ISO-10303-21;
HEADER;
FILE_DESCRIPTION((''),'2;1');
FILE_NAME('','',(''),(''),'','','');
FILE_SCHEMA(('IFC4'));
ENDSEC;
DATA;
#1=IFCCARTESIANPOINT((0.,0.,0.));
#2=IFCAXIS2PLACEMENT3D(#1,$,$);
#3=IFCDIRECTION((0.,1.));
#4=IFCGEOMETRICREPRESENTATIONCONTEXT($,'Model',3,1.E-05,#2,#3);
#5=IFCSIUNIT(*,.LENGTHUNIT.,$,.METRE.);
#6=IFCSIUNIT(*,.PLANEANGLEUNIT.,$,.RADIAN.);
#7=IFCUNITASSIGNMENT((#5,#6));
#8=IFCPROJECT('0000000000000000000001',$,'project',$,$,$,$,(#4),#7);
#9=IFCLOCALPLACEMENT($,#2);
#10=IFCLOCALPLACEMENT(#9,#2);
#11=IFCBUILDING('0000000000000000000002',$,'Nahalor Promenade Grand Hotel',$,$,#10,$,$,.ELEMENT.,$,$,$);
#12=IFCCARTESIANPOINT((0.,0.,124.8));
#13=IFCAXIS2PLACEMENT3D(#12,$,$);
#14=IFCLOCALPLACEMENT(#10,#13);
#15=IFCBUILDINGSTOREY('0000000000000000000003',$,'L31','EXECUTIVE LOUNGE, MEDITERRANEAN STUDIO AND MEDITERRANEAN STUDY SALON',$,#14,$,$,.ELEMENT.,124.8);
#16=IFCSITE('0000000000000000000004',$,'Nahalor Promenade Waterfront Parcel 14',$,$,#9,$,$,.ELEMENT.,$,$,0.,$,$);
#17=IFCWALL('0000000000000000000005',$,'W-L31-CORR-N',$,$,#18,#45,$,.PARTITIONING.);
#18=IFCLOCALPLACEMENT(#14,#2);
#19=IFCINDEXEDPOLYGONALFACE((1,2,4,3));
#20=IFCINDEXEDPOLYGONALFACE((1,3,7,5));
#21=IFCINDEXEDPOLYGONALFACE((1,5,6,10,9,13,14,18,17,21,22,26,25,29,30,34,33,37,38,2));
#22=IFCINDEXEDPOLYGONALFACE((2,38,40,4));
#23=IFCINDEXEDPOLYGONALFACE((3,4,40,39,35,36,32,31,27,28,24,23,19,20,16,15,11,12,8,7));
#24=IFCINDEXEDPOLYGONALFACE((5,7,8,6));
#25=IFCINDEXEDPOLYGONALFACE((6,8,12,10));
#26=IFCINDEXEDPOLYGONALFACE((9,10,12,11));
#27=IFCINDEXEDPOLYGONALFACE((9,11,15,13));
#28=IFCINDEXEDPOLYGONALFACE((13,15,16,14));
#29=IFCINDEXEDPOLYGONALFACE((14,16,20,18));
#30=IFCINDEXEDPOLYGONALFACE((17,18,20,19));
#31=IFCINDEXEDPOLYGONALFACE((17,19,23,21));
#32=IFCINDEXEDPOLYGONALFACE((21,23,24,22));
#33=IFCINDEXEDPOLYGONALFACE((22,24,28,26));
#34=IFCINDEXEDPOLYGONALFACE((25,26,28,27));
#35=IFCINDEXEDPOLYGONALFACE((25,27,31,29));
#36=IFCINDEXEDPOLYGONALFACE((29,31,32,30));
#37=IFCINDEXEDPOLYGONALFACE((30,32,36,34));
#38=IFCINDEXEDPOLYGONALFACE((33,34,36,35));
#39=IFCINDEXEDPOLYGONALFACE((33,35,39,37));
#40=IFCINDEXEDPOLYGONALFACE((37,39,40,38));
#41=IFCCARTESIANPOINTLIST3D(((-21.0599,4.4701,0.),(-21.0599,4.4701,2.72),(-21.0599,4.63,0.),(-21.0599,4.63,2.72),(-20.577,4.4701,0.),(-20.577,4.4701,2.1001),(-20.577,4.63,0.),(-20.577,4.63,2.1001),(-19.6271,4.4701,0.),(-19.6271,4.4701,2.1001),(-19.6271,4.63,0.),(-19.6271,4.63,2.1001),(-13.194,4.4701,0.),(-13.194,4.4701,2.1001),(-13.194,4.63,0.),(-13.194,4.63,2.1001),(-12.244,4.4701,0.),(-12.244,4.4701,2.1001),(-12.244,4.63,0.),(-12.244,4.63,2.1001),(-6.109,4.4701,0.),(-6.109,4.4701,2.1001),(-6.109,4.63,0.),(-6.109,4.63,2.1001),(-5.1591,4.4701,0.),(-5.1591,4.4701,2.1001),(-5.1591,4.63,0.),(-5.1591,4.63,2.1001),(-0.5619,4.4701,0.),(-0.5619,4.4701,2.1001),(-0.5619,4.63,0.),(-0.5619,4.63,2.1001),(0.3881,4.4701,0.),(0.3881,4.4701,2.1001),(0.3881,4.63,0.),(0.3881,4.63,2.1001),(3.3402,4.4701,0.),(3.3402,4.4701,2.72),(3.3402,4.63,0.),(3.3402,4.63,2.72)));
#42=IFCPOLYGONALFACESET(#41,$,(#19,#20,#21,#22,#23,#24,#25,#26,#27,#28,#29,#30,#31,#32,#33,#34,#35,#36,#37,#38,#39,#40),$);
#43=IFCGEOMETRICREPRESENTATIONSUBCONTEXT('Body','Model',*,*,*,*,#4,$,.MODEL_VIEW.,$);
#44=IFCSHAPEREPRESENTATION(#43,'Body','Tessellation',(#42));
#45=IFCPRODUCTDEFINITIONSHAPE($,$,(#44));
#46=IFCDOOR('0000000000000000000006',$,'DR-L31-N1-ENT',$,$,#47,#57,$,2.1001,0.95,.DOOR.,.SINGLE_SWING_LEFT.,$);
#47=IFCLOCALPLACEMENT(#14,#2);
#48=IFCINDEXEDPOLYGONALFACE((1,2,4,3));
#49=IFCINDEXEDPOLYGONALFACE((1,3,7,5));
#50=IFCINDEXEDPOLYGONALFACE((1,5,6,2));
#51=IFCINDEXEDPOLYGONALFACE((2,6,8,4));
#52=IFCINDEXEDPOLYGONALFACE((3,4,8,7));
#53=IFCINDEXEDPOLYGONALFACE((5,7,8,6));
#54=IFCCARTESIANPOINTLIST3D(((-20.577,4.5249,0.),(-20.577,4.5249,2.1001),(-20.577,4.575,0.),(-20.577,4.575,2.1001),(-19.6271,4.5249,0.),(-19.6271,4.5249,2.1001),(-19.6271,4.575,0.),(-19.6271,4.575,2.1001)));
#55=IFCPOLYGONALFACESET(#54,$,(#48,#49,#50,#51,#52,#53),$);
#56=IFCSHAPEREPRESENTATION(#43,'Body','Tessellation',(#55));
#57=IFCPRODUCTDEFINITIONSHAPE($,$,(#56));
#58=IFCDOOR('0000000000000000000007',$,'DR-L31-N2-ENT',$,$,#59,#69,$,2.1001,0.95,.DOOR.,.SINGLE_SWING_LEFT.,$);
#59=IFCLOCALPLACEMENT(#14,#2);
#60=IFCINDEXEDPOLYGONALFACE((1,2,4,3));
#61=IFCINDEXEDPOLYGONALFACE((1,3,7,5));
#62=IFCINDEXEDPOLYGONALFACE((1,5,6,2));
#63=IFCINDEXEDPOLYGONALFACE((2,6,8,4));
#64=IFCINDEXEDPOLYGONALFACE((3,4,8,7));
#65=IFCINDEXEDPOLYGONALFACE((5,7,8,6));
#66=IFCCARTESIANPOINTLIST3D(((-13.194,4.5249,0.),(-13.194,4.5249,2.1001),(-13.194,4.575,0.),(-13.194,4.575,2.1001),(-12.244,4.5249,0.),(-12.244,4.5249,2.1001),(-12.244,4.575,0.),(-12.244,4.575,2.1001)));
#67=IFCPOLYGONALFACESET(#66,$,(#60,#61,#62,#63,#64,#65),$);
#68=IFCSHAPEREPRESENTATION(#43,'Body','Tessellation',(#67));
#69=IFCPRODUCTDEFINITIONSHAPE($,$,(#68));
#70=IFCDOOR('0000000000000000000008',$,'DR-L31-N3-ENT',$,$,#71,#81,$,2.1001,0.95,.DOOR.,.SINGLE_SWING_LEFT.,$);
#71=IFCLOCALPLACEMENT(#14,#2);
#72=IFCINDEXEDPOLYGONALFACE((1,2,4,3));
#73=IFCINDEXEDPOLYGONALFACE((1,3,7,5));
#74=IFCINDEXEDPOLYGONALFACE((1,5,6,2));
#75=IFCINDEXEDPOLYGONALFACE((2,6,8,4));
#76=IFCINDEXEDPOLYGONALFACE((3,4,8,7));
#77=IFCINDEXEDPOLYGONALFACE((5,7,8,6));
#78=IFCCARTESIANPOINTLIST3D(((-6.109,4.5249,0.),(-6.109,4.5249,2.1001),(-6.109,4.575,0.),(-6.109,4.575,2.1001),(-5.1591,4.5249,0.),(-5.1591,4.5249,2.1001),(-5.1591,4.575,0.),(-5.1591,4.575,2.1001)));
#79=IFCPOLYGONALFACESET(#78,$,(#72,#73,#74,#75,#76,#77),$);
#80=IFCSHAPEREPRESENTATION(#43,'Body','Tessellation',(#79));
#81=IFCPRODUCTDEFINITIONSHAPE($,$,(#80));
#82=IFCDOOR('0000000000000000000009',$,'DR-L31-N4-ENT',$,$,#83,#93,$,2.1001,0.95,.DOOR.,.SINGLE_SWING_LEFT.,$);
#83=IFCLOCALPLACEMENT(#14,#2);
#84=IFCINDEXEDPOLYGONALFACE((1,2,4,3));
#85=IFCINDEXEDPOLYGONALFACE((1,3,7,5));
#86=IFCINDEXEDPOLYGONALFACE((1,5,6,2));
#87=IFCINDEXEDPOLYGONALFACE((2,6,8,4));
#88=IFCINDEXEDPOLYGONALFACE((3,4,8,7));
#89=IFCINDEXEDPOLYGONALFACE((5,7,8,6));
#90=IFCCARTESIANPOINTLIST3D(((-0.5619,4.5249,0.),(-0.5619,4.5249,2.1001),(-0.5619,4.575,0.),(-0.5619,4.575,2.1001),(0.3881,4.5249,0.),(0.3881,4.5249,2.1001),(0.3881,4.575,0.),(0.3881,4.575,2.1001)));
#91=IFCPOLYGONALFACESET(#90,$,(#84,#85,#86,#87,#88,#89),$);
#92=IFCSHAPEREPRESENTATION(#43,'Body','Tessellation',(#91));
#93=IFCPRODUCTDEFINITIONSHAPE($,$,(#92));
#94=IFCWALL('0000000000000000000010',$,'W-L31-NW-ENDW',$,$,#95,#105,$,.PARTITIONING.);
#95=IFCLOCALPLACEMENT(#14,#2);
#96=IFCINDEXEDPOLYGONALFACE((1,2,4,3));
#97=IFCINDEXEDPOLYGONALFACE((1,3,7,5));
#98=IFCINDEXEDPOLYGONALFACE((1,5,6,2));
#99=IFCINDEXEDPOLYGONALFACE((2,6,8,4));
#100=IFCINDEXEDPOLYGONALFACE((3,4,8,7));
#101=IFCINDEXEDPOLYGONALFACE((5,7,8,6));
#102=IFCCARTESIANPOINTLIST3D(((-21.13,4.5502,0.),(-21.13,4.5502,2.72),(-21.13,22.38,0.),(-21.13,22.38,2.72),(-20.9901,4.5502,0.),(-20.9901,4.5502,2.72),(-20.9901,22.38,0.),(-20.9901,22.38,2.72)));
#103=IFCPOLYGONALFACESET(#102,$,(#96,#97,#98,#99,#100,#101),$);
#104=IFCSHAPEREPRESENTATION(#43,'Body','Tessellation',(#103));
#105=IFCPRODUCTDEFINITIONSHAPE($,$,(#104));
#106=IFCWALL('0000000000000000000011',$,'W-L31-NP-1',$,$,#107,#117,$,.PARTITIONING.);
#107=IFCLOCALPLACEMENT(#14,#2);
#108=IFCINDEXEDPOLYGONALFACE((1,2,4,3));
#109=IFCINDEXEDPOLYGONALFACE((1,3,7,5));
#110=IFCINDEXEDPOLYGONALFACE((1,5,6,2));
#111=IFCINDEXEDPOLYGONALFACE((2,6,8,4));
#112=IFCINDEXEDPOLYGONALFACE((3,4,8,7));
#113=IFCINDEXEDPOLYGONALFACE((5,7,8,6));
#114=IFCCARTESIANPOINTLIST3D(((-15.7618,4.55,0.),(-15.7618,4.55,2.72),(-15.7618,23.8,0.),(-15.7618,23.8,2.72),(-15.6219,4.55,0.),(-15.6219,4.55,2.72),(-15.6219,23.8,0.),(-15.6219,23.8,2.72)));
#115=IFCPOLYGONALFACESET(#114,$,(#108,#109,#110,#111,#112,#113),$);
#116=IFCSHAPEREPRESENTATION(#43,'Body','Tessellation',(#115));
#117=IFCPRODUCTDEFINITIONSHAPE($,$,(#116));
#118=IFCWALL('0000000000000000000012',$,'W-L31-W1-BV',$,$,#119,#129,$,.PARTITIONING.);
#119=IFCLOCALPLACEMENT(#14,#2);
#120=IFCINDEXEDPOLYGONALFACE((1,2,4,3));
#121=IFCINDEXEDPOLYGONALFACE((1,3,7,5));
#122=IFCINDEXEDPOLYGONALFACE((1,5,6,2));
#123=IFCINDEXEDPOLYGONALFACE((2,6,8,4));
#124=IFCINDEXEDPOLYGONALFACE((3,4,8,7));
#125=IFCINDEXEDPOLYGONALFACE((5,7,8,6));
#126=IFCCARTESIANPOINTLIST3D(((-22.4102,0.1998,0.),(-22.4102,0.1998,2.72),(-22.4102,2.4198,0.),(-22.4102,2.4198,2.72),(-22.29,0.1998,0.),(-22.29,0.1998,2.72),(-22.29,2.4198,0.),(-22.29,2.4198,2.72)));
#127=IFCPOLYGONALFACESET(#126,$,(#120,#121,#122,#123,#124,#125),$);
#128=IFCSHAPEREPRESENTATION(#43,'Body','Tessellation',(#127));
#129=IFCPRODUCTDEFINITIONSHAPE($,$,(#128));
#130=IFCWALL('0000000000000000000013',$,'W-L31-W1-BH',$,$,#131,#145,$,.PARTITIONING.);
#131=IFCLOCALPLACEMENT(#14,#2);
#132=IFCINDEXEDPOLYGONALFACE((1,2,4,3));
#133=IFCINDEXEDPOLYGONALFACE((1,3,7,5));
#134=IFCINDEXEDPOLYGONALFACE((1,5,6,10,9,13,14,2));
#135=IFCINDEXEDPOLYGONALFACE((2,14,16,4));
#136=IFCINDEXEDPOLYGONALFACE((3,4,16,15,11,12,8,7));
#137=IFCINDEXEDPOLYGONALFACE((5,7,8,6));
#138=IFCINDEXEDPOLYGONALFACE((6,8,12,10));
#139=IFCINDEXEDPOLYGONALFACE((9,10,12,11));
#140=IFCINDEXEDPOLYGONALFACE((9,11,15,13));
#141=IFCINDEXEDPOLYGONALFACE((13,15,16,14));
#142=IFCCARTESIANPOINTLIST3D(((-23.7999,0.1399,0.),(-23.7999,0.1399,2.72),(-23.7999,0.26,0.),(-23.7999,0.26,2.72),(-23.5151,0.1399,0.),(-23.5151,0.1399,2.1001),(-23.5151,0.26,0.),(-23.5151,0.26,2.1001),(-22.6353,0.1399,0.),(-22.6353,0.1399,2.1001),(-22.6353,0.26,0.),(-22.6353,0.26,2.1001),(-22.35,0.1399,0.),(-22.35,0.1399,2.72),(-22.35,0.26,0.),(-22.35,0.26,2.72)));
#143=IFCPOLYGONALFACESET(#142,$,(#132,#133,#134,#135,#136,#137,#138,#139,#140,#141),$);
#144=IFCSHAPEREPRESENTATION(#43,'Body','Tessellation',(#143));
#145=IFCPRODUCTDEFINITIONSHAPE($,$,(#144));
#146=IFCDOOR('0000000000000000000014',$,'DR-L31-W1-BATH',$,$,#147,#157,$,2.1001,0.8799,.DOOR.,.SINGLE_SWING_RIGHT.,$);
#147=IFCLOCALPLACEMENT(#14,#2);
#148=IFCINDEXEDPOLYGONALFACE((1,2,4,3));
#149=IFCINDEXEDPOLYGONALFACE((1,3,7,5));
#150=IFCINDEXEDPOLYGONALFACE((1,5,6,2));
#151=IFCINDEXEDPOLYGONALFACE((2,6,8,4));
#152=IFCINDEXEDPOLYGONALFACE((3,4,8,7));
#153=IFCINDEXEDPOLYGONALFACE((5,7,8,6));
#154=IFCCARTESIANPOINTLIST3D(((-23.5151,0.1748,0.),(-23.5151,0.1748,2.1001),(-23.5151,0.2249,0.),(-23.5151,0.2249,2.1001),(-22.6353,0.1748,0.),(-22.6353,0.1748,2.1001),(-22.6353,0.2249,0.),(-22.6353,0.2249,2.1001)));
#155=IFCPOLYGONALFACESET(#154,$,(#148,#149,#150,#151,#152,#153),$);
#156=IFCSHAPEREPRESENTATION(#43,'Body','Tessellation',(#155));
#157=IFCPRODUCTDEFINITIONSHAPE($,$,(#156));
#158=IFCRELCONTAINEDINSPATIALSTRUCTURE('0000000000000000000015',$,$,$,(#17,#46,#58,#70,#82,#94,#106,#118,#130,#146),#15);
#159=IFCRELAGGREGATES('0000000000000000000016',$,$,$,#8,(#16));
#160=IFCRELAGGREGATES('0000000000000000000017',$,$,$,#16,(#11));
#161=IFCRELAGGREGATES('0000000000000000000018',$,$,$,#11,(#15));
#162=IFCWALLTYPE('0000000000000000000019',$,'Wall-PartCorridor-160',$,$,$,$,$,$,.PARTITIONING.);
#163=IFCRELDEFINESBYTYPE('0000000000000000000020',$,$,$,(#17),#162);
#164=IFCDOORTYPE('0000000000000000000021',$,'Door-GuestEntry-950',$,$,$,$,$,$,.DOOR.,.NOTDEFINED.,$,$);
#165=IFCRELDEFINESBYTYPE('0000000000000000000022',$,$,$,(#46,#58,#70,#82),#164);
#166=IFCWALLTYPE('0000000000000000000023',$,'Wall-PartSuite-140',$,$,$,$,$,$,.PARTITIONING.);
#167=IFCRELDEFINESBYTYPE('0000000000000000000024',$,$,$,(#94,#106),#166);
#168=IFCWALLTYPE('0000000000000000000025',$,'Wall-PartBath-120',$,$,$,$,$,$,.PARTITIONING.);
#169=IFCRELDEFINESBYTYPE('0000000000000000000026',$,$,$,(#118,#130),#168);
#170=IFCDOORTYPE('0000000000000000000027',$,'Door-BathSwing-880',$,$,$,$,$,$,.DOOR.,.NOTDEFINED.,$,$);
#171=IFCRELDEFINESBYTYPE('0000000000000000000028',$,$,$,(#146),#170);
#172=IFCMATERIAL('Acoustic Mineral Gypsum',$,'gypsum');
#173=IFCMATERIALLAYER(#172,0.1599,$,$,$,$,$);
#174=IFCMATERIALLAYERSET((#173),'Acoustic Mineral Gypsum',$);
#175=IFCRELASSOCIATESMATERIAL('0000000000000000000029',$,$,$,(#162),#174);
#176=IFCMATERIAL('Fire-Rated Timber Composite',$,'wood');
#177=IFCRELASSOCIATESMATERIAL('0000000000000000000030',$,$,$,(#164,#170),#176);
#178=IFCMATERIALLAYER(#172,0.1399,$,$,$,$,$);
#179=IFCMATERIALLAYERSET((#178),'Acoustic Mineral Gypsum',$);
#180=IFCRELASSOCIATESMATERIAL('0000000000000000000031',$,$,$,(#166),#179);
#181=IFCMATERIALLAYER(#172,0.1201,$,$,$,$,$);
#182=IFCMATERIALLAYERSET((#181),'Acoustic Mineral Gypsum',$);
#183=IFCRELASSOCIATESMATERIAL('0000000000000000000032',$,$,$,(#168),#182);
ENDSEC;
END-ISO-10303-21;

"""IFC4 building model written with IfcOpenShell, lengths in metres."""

from ifc_helpers import new_model, si_unit, direction, frame, frame_2d, origin, place, context, subcontext, project, spatial, rectangle, extrude, source, transform, mapped, material, layer, layer_set, type_object, element, fill, save


model = new_model("IFC4")

# Units and contexts
model_context = context("Model", 3, precision=1e-05, world=origin(), true_north=direction((0.0, 1.0)))
body_context = subcontext(model_context, "Body", "Model", "MODEL_VIEW")
ifc_project = project(units=[si_unit("LENGTHUNIT", "METRE"), si_unit("PLANEANGLEUNIT", "RADIAN")], contexts=[model_context])

# Site, building, storey
site_placement = place(None, origin())
site = spatial("IfcSite", under=ifc_project, at=site_placement, Name="Nahalor Promenade Waterfront Parcel 14", CompositionType="ELEMENT", RefElevation=0.0)
building_placement = place(site_placement, origin())
building = spatial("IfcBuilding", under=site, at=building_placement, Name="Nahalor Promenade Grand Hotel", CompositionType="ELEMENT")
storey_placement = place(building_placement, frame((0.0, 0.0, 124.8)))
storey = spatial("IfcBuildingStorey", under=building, at=storey_placement, Name="L31", Description="EXECUTIVE LOUNGE, MEDITERRANEAN STUDIO AND MEDITERRANEAN STUDY SALON", CompositionType="ELEMENT", Elevation=124.8)

# Wall, openings, doors
ifc_material_1 = material(Name="Acoustic Mineral Gypsum", Category="gypsum")
ifc_layer_1 = layer(ifc_material_1, 0.1599)
ifc_layer_set_1 = layer_set([ifc_layer_1], Name="Acoustic Mineral Gypsum")
wall_type_1 = type_object("IfcWallType", Name="Wall-PartCorridor-160", PredefinedType="PARTITIONING", material=ifc_layer_set_1)
shared_shape_1 = source(origin(), body_context, "Body", "SweptSolid", [
    extrude(rectangle(XDim=24.4001, YDim=0.1599, at=frame_2d((12.2002, 0.0))), origin(), (0.0, 0.0, 1.0), 2.72),
])
wall_1_placement = place(storey_placement, frame((-21.0601, 4.55, 0.0), z_axis=(0.0, 0.0, 1.0), x_axis=(1.0, 0.0, 0.0)))
wall_1 = element("IfcWall", 1, at=wall_1_placement, inside=storey, type_object=wall_type_1, Name="W-L31-CORR-N", PredefinedType="PARTITIONING", context=body_context, shape_type="MappedRepresentation", body=[
    mapped(shared_shape_1, transform((0.0, 0.0, 0.0), scale=1.0)),
])
opening_1_placement = place(wall_1_placement, frame((0.4829, 0.0, 0.0)))
opening_1 = element("IfcOpeningElement", 2, at=opening_1_placement, cuts=wall_1, PredefinedType="OPENING", context=body_context, shape_type="SweptSolid", body=[
    extrude(rectangle(XDim=0.95, YDim=2.1001, at=frame_2d((0.4751, 1.05))), frame((0.0, 0.0898, 0.0), z_axis=(0.0, -1.0, 0.0), x_axis=(1.0, 0.0, 0.0)), (0.0, 0.0, 1.0), 0.1799),
])
opening_2_placement = place(wall_1_placement, frame((7.866, 0.0, 0.0)))
opening_2 = element("IfcOpeningElement", 3, at=opening_2_placement, cuts=wall_1, PredefinedType="OPENING", context=body_context, shape_type="SweptSolid", body=[
    extrude(rectangle(XDim=0.95, YDim=2.1001, at=frame_2d((0.4751, 1.05))), frame((0.0, 0.0898, 0.0), z_axis=(0.0, -1.0, 0.0), x_axis=(1.0, 0.0, 0.0)), (0.0, 0.0, 1.0), 0.1799),
])
opening_3_placement = place(wall_1_placement, frame((14.9509, 0.0, 0.0)))
opening_3 = element("IfcOpeningElement", 4, at=opening_3_placement, cuts=wall_1, PredefinedType="OPENING", context=body_context, shape_type="SweptSolid", body=[
    extrude(rectangle(XDim=0.95, YDim=2.1001, at=frame_2d((0.4751, 1.05))), frame((0.0, 0.0898, 0.0), z_axis=(0.0, -1.0, 0.0), x_axis=(1.0, 0.0, 0.0)), (0.0, 0.0, 1.0), 0.1799),
])
opening_4_placement = place(wall_1_placement, frame((20.498, 0.0, 0.0)))
opening_4 = element("IfcOpeningElement", 5, at=opening_4_placement, cuts=wall_1, PredefinedType="OPENING", context=body_context, shape_type="SweptSolid", body=[
    extrude(rectangle(XDim=0.95, YDim=2.1001, at=frame_2d((0.4751, 1.05))), frame((0.0, 0.0898, 0.0), z_axis=(0.0, -1.0, 0.0), x_axis=(1.0, 0.0, 0.0)), (0.0, 0.0, 1.0), 0.1799),
])
ifc_material_2 = material(Name="Fire-Rated Timber Composite", Category="wood")
door_type_1 = type_object("IfcDoorType", Name="Door-GuestEntry-950", OperationType="NOTDEFINED", PredefinedType="DOOR", material=ifc_material_2)
shared_shape_2 = source(origin(), body_context, "Body", "SweptSolid", [
    extrude(rectangle(XDim=0.95, YDim=2.1001, at=frame_2d((0.4751, 1.05))), frame((0.0, 0.0249, 0.0), z_axis=(0.0, -1.0, 0.0), x_axis=(1.0, 0.0, 0.0)), (0.0, 0.0, 1.0), 0.05),
])
door_1_placement = place(opening_1_placement, origin())
door_1 = element("IfcDoor", 6, at=door_1_placement, inside=storey, type_object=door_type_1, Name="DR-L31-N1-ENT", OperationType="SINGLE_SWING_LEFT", OverallHeight=2.1001, OverallWidth=0.95, PredefinedType="DOOR", context=body_context, shape_type="MappedRepresentation", body=[
    mapped(shared_shape_2, transform((0.0, 0.0, 0.0), scale=1.0)),
])
fill(opening_1, door_1)
door_2_placement = place(opening_2_placement, origin())
door_2 = element("IfcDoor", 7, at=door_2_placement, inside=storey, type_object=door_type_1, Name="DR-L31-N2-ENT", OperationType="SINGLE_SWING_LEFT", OverallHeight=2.1001, OverallWidth=0.95, PredefinedType="DOOR", context=body_context, shape_type="MappedRepresentation", body=[
    mapped(shared_shape_2, transform((0.0, 0.0, 0.0), scale=1.0)),
])
fill(opening_2, door_2)
door_3_placement = place(opening_3_placement, origin())
door_3 = element("IfcDoor", 8, at=door_3_placement, inside=storey, type_object=door_type_1, Name="DR-L31-N3-ENT", OperationType="SINGLE_SWING_LEFT", OverallHeight=2.1001, OverallWidth=0.95, PredefinedType="DOOR", context=body_context, shape_type="MappedRepresentation", body=[
    mapped(shared_shape_2, transform((0.0, 0.0, 0.0), scale=1.0)),
])
fill(opening_3, door_3)
door_4_placement = place(opening_4_placement, origin())
door_4 = element("IfcDoor", 9, at=door_4_placement, inside=storey, type_object=door_type_1, Name="DR-L31-N4-ENT", OperationType="SINGLE_SWING_LEFT", OverallHeight=2.1001, OverallWidth=0.95, PredefinedType="DOOR", context=body_context, shape_type="MappedRepresentation", body=[
    mapped(shared_shape_2, transform((0.0, 0.0, 0.0), scale=1.0)),
])
fill(opening_4, door_4)

# Walls
ifc_layer_2 = layer(ifc_material_1, 0.1399)
ifc_layer_set_2 = layer_set([ifc_layer_2], Name="Acoustic Mineral Gypsum")
wall_type_2 = type_object("IfcWallType", Name="Wall-PartSuite-140", PredefinedType="PARTITIONING", material=ifc_layer_set_2)
shared_shape_3 = source(origin(), body_context, "Body", "SweptSolid", [
    extrude(rectangle(XDim=17.8298, YDim=0.1399, at=frame_2d((8.915, 0.0))), origin(), (0.0, 0.0, 1.0), 2.72),
])
wall_2_placement = place(storey_placement, frame((-21.0601, 4.55, 0.0), z_axis=(0.0, 0.0, 1.0), x_axis=(0.0, 1.0, 0.0)))
element("IfcWall", 10, at=wall_2_placement, inside=storey, type_object=wall_type_2, Name="W-L31-NW-ENDW", PredefinedType="PARTITIONING", context=body_context, shape_type="MappedRepresentation", body=[
    mapped(shared_shape_3, transform((0.0, 0.0, 0.0), scale=1.0)),
])
shared_shape_4 = source(origin(), body_context, "Body", "SweptSolid", [
    extrude(rectangle(XDim=19.25, YDim=0.1399, at=frame_2d((9.625, 0.0))), origin(), (0.0, 0.0, 1.0), 2.72),
])
wall_3_placement = place(storey_placement, frame((-15.6919, 4.55, 0.0), z_axis=(0.0, 0.0, 1.0), x_axis=(0.0, 1.0, 0.0)))
element("IfcWall", 11, at=wall_3_placement, inside=storey, type_object=wall_type_2, Name="W-L31-NP-1", PredefinedType="PARTITIONING", context=body_context, shape_type="MappedRepresentation", body=[
    mapped(shared_shape_4, transform((0.0, 0.0, 0.0), scale=1.0)),
])
ifc_layer_3 = layer(ifc_material_1, 0.1201)
ifc_layer_set_3 = layer_set([ifc_layer_3], Name="Acoustic Mineral Gypsum")
wall_type_3 = type_object("IfcWallType", Name="Wall-PartBath-120", PredefinedType="PARTITIONING", material=ifc_layer_set_3)
shared_shape_5 = source(origin(), body_context, "Body", "SweptSolid", [
    extrude(rectangle(XDim=2.22, YDim=0.1201, at=frame_2d((1.1099, 0.0))), origin(), (0.0, 0.0, 1.0), 2.72),
])
wall_4_placement = place(storey_placement, frame((-22.3501, 0.2, 0.0), z_axis=(0.0, 0.0, 1.0), x_axis=(0.0, 1.0, 0.0)))
element("IfcWall", 12, at=wall_4_placement, inside=storey, type_object=wall_type_3, Name="W-L31-W1-BV", PredefinedType="PARTITIONING", context=body_context, shape_type="MappedRepresentation", body=[
    mapped(shared_shape_5, transform((0.0, 0.0, 0.0), scale=1.0)),
])

# Wall, opening, door
shared_shape_6 = source(origin(), body_context, "Body", "SweptSolid", [
    extrude(rectangle(XDim=1.45, YDim=0.1201, at=frame_2d((0.7251, 0.0))), origin(), (0.0, 0.0, 1.0), 2.72),
])
wall_5_placement = place(storey_placement, frame((-23.8, 0.2, 0.0), z_axis=(0.0, 0.0, 1.0), x_axis=(1.0, 0.0, 0.0)))
wall_5 = element("IfcWall", 13, at=wall_5_placement, inside=storey, type_object=wall_type_3, Name="W-L31-W1-BH", PredefinedType="PARTITIONING", context=body_context, shape_type="MappedRepresentation", body=[
    mapped(shared_shape_6, transform((0.0, 0.0, 0.0), scale=1.0)),
])
opening_5_placement = place(wall_5_placement, frame((0.2849, 0.0, 0.0)))
opening_5 = element("IfcOpeningElement", 14, at=opening_5_placement, cuts=wall_5, PredefinedType="OPENING", context=body_context, shape_type="SweptSolid", body=[
    extrude(rectangle(XDim=0.8799, YDim=2.1001, at=frame_2d((0.4399, 1.05))), frame((0.0, 0.0701, 0.0), z_axis=(0.0, -1.0, 0.0), x_axis=(1.0, 0.0, 0.0)), (0.0, 0.0, 1.0), 0.1401),
])
door_type_2 = type_object("IfcDoorType", Name="Door-BathSwing-880", OperationType="NOTDEFINED", PredefinedType="DOOR", material=ifc_material_2)
shared_shape_7 = source(origin(), body_context, "Body", "SweptSolid", [
    extrude(rectangle(XDim=0.8799, YDim=2.1001, at=frame_2d((0.4399, 1.05))), frame((0.0, 0.0249, 0.0), z_axis=(0.0, -1.0, 0.0), x_axis=(1.0, 0.0, 0.0)), (0.0, 0.0, 1.0), 0.05),
])
door_5_placement = place(opening_5_placement, origin())
door_5 = element("IfcDoor", 15, at=door_5_placement, inside=storey, type_object=door_type_2, Name="DR-L31-W1-BATH", OperationType="SINGLE_SWING_RIGHT", OverallHeight=2.1001, OverallWidth=0.8799, PredefinedType="DOOR", context=body_context, shape_type="MappedRepresentation", body=[
    mapped(shared_shape_7, transform((0.0, 0.0, 0.0), scale=1.0)),
])
fill(opening_5, door_5)

save(model, "model.ifc")
